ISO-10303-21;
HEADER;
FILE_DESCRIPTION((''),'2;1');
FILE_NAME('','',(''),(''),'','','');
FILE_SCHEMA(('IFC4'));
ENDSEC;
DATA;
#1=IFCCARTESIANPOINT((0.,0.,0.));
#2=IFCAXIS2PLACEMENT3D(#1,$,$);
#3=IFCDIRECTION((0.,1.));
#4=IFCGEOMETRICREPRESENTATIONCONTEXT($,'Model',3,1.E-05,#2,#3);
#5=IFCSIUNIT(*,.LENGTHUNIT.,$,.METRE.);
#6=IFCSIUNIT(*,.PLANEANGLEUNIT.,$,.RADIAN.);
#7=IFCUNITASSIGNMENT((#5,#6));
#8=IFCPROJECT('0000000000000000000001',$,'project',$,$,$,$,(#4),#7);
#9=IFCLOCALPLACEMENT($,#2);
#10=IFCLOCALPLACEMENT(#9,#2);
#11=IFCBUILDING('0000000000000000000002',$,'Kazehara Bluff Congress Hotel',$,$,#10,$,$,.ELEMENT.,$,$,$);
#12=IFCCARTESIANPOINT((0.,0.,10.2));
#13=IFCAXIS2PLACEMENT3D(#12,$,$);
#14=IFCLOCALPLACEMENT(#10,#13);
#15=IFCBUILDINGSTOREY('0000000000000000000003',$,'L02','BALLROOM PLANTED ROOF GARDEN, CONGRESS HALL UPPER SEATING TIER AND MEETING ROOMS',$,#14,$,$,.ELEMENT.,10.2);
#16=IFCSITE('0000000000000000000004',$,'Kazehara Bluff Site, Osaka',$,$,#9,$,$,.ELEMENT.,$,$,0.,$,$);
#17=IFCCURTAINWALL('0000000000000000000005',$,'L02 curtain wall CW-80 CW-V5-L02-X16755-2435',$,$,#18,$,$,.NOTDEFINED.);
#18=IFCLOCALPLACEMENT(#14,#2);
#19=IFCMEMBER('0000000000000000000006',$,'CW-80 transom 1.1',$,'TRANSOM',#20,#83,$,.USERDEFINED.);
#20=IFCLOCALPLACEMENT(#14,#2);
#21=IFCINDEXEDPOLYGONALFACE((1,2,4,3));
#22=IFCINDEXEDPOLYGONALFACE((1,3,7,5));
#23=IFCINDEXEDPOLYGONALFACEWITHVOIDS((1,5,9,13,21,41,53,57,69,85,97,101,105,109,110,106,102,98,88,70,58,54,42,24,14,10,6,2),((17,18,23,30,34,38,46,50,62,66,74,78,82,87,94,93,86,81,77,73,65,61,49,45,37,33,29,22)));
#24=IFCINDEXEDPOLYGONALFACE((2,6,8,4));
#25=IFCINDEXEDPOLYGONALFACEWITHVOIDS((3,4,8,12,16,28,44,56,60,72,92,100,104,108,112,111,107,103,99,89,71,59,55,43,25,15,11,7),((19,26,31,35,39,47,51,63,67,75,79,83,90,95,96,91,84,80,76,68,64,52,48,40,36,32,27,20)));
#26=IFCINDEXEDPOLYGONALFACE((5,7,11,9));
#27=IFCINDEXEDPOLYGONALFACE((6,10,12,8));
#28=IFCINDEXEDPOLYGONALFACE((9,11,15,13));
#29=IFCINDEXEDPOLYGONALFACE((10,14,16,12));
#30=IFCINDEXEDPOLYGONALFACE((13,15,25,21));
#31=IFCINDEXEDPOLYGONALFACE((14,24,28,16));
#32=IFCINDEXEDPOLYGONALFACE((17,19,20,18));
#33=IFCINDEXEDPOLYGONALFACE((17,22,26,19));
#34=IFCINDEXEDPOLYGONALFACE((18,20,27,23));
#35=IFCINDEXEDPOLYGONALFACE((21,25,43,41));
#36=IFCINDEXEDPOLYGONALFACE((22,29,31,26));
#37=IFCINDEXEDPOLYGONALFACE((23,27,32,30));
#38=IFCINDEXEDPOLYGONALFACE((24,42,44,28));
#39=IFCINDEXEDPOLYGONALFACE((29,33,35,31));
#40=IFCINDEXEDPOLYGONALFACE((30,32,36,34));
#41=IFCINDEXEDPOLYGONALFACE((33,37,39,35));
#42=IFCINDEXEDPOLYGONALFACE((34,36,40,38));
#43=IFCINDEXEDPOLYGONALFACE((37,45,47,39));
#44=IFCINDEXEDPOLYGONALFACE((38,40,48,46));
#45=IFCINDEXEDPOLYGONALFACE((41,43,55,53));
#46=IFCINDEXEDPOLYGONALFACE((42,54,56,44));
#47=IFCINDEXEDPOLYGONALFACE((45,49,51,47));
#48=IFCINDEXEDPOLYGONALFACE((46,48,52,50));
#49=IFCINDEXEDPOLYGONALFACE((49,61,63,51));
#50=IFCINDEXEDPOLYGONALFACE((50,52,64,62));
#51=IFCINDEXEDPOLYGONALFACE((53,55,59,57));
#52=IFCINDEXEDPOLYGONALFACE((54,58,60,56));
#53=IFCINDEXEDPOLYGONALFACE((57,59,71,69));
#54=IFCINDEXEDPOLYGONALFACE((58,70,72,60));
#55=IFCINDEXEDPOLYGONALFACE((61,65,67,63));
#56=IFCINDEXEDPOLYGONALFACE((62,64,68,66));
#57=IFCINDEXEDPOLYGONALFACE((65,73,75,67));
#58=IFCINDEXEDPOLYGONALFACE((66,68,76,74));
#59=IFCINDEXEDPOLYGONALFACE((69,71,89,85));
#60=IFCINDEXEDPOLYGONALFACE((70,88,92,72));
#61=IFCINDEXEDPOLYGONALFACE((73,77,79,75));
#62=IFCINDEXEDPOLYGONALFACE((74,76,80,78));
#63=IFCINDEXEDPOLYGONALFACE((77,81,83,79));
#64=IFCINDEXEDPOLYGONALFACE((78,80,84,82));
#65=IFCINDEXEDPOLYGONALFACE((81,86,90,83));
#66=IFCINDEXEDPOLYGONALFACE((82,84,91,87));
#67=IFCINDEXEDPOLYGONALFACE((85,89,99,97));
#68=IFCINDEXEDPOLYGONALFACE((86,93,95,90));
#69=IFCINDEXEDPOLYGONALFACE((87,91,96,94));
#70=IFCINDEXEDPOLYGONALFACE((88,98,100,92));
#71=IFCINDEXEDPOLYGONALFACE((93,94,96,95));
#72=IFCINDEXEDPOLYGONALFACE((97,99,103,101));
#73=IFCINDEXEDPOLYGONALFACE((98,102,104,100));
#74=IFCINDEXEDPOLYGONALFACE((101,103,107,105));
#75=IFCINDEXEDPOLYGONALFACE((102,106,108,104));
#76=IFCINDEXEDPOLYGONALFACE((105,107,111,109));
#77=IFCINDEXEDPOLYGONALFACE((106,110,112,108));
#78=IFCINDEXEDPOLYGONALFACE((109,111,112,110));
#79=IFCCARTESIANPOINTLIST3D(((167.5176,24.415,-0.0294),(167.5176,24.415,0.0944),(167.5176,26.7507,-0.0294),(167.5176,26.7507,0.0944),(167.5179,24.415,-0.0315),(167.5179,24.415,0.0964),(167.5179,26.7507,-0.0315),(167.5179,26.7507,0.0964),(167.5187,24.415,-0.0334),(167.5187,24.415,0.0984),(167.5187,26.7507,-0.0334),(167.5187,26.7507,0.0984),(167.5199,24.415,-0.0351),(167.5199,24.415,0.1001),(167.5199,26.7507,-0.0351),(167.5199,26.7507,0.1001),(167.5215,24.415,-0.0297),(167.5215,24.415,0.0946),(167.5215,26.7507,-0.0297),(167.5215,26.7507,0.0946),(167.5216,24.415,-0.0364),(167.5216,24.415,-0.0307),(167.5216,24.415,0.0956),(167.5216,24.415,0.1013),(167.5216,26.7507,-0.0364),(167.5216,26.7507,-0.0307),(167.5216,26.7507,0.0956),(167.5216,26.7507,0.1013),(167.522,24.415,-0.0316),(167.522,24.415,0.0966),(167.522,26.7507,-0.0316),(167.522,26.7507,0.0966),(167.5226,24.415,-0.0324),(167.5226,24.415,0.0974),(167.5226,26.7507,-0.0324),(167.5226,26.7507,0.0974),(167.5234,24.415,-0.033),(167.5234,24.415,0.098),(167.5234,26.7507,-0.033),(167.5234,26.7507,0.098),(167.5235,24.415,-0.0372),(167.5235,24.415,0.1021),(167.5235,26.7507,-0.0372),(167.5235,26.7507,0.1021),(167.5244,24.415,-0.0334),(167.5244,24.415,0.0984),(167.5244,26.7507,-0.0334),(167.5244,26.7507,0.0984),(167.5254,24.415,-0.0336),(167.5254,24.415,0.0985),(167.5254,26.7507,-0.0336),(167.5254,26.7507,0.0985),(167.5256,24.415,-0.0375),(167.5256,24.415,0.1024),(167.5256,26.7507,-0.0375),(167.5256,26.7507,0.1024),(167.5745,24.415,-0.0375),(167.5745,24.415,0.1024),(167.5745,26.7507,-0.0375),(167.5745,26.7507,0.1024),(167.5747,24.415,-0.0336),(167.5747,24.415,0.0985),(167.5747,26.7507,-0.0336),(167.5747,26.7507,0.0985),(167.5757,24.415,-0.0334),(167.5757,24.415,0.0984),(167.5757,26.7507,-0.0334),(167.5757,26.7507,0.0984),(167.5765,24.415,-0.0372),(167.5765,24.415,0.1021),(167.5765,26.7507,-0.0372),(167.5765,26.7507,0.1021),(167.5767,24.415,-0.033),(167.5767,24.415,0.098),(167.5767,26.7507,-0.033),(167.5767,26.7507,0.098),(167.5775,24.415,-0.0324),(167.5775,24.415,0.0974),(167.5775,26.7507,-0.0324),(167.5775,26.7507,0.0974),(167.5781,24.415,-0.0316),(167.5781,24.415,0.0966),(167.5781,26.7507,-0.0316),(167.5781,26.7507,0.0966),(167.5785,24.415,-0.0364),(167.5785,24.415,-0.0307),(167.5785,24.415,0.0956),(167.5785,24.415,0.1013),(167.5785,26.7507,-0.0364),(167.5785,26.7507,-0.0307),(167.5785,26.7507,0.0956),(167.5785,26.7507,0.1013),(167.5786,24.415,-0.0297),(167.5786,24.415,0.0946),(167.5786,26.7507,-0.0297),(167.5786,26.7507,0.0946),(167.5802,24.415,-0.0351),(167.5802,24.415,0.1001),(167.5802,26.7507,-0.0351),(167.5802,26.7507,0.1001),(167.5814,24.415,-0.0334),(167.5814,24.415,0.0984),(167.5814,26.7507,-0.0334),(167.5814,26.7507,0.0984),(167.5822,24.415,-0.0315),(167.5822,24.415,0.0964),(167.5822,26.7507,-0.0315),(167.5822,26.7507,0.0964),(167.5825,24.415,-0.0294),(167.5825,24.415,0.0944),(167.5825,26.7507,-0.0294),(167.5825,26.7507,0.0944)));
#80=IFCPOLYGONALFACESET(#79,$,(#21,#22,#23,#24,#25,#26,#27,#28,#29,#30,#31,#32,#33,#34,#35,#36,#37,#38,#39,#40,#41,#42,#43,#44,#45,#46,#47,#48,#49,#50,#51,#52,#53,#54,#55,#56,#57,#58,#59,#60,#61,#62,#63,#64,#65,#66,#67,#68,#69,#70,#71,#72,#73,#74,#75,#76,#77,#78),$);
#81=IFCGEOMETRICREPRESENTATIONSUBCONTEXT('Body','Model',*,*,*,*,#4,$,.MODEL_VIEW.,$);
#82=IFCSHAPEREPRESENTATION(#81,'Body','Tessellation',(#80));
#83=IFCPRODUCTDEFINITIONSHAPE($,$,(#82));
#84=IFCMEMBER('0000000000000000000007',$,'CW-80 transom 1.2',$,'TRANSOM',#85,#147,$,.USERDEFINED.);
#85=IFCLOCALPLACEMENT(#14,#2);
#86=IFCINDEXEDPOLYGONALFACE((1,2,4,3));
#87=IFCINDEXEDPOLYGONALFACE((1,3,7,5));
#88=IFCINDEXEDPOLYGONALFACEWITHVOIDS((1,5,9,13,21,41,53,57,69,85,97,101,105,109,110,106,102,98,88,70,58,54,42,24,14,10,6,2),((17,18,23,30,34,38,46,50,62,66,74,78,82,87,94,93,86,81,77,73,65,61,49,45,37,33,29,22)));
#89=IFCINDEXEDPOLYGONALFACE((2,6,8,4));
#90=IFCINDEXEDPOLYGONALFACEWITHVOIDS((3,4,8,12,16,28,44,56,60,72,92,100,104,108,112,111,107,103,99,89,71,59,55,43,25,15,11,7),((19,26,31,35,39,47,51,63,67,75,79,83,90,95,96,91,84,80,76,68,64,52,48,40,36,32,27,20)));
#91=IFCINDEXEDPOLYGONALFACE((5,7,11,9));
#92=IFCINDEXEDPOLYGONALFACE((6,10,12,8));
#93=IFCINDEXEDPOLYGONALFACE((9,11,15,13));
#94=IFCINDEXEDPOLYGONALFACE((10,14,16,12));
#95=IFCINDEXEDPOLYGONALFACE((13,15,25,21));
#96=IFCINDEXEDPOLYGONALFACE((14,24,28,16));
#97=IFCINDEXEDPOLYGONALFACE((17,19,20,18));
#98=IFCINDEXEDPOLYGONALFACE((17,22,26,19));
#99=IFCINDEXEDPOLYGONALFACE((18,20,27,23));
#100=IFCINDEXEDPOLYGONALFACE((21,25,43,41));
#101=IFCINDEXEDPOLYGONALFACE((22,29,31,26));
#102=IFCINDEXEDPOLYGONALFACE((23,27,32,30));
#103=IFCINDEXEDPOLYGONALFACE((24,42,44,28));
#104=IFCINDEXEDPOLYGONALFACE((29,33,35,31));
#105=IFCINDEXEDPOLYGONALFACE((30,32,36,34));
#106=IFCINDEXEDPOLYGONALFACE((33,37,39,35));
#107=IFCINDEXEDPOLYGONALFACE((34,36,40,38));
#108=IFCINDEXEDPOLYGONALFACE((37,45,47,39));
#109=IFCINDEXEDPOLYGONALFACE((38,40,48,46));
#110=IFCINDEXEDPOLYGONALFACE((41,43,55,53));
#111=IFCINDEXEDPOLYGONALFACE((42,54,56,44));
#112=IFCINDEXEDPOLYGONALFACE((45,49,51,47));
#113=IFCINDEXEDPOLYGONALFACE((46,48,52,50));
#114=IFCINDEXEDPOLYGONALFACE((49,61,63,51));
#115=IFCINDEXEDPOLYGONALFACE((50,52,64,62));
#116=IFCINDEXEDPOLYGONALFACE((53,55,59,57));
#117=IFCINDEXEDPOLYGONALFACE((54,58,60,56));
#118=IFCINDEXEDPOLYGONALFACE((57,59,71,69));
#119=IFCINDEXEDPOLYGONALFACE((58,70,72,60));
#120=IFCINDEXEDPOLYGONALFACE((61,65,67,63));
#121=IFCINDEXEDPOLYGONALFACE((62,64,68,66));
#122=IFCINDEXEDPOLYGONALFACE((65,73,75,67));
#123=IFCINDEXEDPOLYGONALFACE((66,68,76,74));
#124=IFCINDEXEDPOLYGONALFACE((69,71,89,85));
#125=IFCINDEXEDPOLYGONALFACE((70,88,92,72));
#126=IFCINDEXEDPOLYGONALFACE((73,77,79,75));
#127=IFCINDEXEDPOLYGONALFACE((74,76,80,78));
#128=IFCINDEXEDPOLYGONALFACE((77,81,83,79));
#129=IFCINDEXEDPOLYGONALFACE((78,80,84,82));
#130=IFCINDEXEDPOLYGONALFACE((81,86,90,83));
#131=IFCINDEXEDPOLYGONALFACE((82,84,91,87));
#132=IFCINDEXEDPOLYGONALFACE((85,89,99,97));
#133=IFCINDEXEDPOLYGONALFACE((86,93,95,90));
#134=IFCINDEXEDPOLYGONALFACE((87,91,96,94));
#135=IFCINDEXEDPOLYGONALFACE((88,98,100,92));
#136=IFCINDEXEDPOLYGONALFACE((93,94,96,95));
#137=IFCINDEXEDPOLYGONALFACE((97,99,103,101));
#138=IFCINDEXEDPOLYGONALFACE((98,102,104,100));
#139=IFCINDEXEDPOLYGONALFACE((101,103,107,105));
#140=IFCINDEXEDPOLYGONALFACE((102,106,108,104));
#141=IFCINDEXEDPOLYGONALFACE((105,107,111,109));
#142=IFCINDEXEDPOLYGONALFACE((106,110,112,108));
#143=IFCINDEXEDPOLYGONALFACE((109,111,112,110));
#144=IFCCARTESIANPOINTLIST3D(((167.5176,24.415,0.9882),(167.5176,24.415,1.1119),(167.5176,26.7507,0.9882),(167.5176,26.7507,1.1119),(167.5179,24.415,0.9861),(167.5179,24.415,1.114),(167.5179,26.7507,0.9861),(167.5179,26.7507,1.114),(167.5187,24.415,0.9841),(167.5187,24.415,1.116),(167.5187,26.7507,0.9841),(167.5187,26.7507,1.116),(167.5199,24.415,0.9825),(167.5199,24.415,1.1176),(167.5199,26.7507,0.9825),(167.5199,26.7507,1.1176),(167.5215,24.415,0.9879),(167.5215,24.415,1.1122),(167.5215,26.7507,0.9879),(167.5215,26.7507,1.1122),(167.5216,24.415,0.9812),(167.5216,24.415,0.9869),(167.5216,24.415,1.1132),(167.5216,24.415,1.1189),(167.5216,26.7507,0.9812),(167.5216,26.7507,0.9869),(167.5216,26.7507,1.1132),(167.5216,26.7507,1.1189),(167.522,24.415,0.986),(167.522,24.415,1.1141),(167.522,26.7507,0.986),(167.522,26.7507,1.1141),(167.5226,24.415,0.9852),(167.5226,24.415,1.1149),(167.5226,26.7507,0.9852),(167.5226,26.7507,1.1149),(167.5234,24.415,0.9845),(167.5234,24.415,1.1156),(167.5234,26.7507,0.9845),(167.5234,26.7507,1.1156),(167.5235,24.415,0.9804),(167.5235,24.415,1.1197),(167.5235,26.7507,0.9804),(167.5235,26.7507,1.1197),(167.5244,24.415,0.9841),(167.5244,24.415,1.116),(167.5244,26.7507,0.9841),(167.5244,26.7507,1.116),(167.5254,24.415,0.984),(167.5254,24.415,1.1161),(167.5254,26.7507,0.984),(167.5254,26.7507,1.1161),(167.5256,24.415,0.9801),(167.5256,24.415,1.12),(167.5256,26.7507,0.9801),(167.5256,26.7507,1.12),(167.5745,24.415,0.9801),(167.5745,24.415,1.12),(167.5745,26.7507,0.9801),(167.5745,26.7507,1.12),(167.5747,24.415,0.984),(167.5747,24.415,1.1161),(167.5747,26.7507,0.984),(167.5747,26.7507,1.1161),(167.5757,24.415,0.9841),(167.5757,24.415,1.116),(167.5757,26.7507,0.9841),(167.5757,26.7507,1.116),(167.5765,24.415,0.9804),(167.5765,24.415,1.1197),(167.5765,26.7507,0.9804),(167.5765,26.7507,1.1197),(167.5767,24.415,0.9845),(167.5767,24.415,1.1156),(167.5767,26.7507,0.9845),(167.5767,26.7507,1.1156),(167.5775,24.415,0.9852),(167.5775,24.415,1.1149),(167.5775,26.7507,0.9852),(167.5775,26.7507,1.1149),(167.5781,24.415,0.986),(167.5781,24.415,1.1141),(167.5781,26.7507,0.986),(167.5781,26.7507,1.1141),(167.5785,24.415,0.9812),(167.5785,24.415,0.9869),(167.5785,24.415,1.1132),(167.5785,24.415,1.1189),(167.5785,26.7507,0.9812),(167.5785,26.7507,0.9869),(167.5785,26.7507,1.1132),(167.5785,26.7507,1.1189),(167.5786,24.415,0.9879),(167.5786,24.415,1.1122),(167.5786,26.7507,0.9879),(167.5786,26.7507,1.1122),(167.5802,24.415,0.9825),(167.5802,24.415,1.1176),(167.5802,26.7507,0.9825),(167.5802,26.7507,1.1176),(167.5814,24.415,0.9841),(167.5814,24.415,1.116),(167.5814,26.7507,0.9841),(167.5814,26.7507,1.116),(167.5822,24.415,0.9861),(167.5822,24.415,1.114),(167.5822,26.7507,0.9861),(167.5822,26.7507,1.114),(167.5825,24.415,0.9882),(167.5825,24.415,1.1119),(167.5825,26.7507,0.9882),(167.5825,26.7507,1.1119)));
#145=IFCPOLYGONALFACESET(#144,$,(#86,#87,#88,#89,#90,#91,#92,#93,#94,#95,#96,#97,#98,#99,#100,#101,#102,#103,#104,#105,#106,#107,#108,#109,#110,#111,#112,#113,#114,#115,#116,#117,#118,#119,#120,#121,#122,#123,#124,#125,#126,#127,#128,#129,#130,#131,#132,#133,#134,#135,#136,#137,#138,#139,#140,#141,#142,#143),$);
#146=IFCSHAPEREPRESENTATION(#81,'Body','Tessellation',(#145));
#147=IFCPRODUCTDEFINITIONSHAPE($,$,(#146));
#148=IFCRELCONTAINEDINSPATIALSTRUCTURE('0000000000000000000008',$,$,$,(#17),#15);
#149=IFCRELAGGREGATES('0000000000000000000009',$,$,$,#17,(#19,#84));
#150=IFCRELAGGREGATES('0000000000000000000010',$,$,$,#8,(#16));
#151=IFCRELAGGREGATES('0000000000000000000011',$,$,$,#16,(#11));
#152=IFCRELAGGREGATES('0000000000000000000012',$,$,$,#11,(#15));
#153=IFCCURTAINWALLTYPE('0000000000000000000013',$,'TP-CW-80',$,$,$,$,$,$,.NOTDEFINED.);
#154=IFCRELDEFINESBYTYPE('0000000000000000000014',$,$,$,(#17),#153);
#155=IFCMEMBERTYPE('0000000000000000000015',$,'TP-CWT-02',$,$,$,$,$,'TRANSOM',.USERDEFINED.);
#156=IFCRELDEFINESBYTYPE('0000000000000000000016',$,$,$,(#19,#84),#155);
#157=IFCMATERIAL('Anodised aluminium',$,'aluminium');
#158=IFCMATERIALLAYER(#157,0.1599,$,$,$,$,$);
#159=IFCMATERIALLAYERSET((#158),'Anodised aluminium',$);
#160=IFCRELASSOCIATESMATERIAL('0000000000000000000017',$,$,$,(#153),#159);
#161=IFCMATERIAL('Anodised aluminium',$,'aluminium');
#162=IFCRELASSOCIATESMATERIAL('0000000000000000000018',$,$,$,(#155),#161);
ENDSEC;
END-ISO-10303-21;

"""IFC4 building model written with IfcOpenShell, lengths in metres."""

from ifc_helpers import new_model, si_unit, direction, frame, origin, origin_2d, place, context, subcontext, project, spatial, hollow_rectangle, extrude, material, layer, layer_set, material_profile, profile_set, type_object, element, aggregate, save


model = new_model("IFC4")

# Units and contexts
model_context = context("Model", 3, precision=1e-05, world=origin(), true_north=direction((0.0, 1.0)))
body_context = subcontext(model_context, "Body", "Model", "MODEL_VIEW")
ifc_project = project(units=[si_unit("LENGTHUNIT", "METRE"), si_unit("PLANEANGLEUNIT", "RADIAN")], contexts=[model_context])

# Site, building, storey
site_placement = place(None, origin())
site = spatial("IfcSite", under=ifc_project, at=site_placement, Name="Kazehara Bluff Site, Osaka", CompositionType="ELEMENT", RefElevation=0.0)
building_placement = place(site_placement, origin())
building = spatial("IfcBuilding", under=site, at=building_placement, Name="Kazehara Bluff Congress Hotel", CompositionType="ELEMENT")
storey_placement = place(building_placement, frame((0.0, 0.0, 10.2)))
storey = spatial("IfcBuildingStorey", under=building, at=storey_placement, Name="L02", Description="BALLROOM PLANTED ROOF GARDEN, CONGRESS HALL UPPER SEATING TIER AND MEETING ROOMS", CompositionType="ELEMENT", Elevation=10.2)

# Curtain wall, members
ifc_material_1 = material(Name="Anodised aluminium", Category="aluminium")
ifc_layer_1 = layer(ifc_material_1, 0.1599)
ifc_layer_set_1 = layer_set([ifc_layer_1], Name="Anodised aluminium")
curtain_wall_type = type_object("IfcCurtainWallType", Name="TP-CW-80", PredefinedType="NOTDEFINED", material=ifc_layer_set_1)
curtain_wall_placement = place(storey_placement, origin())
curtain_wall = element("IfcCurtainWall", 1, at=curtain_wall_placement, inside=storey, type_object=curtain_wall_type, Name="L02 curtain wall CW-80 CW-V5-L02-X16755-2435", PredefinedType="NOTDEFINED")
ifc_material_2 = material(Name="Anodised aluminium", Category="aluminium")
ifc_material_profile_1 = material_profile(ifc_material_2, hollow_rectangle(XDim=0.0649, YDim=0.1399, WallThickness=0.0039, InnerFilletRadius=0.0039, OuterFilletRadius=0.0081, at=origin_2d()))
ifc_profile_set_1 = profile_set([ifc_material_profile_1], Name="Anodised aluminium")
member_type_1 = type_object("IfcMemberType", Name="TP-CWT-02", ElementType="TRANSOM", PredefinedType="USERDEFINED", material=ifc_profile_set_1)
member_1_placement = place(storey_placement, frame((167.55, 24.415, 0.0325), z_axis=(0.0, 1.0, 0.0), x_axis=(-1.0, 0.0, 0.0)))
member_1 = element("IfcMember", 2, at=member_1_placement, type_object=member_type_1, Name="CW-80 transom 1.1", ObjectType="TRANSOM", PredefinedType="USERDEFINED", context=body_context, shape_type="SweptSolid", body=[
    extrude(hollow_rectangle(XDim=0.0649, YDim=0.1399, WallThickness=0.0039, InnerFilletRadius=0.0039, OuterFilletRadius=0.0081, at=origin_2d()), origin(), (0.0, 0.0, 1.0), 2.3357),
])
member_2_placement = place(storey_placement, frame((167.55, 24.415, 1.05), z_axis=(0.0, 1.0, 0.0), x_axis=(-1.0, 0.0, 0.0)))
member_2 = element("IfcMember", 3, at=member_2_placement, type_object=member_type_1, Name="CW-80 transom 1.2", ObjectType="TRANSOM", PredefinedType="USERDEFINED", context=body_context, shape_type="SweptSolid", body=[
    extrude(hollow_rectangle(XDim=0.0649, YDim=0.1399, WallThickness=0.0039, InnerFilletRadius=0.0039, OuterFilletRadius=0.0081, at=origin_2d()), origin(), (0.0, 0.0, 1.0), 2.3357),
])

aggregate(curtain_wall, [member_1, member_2])

save(model, "model.ifc")
